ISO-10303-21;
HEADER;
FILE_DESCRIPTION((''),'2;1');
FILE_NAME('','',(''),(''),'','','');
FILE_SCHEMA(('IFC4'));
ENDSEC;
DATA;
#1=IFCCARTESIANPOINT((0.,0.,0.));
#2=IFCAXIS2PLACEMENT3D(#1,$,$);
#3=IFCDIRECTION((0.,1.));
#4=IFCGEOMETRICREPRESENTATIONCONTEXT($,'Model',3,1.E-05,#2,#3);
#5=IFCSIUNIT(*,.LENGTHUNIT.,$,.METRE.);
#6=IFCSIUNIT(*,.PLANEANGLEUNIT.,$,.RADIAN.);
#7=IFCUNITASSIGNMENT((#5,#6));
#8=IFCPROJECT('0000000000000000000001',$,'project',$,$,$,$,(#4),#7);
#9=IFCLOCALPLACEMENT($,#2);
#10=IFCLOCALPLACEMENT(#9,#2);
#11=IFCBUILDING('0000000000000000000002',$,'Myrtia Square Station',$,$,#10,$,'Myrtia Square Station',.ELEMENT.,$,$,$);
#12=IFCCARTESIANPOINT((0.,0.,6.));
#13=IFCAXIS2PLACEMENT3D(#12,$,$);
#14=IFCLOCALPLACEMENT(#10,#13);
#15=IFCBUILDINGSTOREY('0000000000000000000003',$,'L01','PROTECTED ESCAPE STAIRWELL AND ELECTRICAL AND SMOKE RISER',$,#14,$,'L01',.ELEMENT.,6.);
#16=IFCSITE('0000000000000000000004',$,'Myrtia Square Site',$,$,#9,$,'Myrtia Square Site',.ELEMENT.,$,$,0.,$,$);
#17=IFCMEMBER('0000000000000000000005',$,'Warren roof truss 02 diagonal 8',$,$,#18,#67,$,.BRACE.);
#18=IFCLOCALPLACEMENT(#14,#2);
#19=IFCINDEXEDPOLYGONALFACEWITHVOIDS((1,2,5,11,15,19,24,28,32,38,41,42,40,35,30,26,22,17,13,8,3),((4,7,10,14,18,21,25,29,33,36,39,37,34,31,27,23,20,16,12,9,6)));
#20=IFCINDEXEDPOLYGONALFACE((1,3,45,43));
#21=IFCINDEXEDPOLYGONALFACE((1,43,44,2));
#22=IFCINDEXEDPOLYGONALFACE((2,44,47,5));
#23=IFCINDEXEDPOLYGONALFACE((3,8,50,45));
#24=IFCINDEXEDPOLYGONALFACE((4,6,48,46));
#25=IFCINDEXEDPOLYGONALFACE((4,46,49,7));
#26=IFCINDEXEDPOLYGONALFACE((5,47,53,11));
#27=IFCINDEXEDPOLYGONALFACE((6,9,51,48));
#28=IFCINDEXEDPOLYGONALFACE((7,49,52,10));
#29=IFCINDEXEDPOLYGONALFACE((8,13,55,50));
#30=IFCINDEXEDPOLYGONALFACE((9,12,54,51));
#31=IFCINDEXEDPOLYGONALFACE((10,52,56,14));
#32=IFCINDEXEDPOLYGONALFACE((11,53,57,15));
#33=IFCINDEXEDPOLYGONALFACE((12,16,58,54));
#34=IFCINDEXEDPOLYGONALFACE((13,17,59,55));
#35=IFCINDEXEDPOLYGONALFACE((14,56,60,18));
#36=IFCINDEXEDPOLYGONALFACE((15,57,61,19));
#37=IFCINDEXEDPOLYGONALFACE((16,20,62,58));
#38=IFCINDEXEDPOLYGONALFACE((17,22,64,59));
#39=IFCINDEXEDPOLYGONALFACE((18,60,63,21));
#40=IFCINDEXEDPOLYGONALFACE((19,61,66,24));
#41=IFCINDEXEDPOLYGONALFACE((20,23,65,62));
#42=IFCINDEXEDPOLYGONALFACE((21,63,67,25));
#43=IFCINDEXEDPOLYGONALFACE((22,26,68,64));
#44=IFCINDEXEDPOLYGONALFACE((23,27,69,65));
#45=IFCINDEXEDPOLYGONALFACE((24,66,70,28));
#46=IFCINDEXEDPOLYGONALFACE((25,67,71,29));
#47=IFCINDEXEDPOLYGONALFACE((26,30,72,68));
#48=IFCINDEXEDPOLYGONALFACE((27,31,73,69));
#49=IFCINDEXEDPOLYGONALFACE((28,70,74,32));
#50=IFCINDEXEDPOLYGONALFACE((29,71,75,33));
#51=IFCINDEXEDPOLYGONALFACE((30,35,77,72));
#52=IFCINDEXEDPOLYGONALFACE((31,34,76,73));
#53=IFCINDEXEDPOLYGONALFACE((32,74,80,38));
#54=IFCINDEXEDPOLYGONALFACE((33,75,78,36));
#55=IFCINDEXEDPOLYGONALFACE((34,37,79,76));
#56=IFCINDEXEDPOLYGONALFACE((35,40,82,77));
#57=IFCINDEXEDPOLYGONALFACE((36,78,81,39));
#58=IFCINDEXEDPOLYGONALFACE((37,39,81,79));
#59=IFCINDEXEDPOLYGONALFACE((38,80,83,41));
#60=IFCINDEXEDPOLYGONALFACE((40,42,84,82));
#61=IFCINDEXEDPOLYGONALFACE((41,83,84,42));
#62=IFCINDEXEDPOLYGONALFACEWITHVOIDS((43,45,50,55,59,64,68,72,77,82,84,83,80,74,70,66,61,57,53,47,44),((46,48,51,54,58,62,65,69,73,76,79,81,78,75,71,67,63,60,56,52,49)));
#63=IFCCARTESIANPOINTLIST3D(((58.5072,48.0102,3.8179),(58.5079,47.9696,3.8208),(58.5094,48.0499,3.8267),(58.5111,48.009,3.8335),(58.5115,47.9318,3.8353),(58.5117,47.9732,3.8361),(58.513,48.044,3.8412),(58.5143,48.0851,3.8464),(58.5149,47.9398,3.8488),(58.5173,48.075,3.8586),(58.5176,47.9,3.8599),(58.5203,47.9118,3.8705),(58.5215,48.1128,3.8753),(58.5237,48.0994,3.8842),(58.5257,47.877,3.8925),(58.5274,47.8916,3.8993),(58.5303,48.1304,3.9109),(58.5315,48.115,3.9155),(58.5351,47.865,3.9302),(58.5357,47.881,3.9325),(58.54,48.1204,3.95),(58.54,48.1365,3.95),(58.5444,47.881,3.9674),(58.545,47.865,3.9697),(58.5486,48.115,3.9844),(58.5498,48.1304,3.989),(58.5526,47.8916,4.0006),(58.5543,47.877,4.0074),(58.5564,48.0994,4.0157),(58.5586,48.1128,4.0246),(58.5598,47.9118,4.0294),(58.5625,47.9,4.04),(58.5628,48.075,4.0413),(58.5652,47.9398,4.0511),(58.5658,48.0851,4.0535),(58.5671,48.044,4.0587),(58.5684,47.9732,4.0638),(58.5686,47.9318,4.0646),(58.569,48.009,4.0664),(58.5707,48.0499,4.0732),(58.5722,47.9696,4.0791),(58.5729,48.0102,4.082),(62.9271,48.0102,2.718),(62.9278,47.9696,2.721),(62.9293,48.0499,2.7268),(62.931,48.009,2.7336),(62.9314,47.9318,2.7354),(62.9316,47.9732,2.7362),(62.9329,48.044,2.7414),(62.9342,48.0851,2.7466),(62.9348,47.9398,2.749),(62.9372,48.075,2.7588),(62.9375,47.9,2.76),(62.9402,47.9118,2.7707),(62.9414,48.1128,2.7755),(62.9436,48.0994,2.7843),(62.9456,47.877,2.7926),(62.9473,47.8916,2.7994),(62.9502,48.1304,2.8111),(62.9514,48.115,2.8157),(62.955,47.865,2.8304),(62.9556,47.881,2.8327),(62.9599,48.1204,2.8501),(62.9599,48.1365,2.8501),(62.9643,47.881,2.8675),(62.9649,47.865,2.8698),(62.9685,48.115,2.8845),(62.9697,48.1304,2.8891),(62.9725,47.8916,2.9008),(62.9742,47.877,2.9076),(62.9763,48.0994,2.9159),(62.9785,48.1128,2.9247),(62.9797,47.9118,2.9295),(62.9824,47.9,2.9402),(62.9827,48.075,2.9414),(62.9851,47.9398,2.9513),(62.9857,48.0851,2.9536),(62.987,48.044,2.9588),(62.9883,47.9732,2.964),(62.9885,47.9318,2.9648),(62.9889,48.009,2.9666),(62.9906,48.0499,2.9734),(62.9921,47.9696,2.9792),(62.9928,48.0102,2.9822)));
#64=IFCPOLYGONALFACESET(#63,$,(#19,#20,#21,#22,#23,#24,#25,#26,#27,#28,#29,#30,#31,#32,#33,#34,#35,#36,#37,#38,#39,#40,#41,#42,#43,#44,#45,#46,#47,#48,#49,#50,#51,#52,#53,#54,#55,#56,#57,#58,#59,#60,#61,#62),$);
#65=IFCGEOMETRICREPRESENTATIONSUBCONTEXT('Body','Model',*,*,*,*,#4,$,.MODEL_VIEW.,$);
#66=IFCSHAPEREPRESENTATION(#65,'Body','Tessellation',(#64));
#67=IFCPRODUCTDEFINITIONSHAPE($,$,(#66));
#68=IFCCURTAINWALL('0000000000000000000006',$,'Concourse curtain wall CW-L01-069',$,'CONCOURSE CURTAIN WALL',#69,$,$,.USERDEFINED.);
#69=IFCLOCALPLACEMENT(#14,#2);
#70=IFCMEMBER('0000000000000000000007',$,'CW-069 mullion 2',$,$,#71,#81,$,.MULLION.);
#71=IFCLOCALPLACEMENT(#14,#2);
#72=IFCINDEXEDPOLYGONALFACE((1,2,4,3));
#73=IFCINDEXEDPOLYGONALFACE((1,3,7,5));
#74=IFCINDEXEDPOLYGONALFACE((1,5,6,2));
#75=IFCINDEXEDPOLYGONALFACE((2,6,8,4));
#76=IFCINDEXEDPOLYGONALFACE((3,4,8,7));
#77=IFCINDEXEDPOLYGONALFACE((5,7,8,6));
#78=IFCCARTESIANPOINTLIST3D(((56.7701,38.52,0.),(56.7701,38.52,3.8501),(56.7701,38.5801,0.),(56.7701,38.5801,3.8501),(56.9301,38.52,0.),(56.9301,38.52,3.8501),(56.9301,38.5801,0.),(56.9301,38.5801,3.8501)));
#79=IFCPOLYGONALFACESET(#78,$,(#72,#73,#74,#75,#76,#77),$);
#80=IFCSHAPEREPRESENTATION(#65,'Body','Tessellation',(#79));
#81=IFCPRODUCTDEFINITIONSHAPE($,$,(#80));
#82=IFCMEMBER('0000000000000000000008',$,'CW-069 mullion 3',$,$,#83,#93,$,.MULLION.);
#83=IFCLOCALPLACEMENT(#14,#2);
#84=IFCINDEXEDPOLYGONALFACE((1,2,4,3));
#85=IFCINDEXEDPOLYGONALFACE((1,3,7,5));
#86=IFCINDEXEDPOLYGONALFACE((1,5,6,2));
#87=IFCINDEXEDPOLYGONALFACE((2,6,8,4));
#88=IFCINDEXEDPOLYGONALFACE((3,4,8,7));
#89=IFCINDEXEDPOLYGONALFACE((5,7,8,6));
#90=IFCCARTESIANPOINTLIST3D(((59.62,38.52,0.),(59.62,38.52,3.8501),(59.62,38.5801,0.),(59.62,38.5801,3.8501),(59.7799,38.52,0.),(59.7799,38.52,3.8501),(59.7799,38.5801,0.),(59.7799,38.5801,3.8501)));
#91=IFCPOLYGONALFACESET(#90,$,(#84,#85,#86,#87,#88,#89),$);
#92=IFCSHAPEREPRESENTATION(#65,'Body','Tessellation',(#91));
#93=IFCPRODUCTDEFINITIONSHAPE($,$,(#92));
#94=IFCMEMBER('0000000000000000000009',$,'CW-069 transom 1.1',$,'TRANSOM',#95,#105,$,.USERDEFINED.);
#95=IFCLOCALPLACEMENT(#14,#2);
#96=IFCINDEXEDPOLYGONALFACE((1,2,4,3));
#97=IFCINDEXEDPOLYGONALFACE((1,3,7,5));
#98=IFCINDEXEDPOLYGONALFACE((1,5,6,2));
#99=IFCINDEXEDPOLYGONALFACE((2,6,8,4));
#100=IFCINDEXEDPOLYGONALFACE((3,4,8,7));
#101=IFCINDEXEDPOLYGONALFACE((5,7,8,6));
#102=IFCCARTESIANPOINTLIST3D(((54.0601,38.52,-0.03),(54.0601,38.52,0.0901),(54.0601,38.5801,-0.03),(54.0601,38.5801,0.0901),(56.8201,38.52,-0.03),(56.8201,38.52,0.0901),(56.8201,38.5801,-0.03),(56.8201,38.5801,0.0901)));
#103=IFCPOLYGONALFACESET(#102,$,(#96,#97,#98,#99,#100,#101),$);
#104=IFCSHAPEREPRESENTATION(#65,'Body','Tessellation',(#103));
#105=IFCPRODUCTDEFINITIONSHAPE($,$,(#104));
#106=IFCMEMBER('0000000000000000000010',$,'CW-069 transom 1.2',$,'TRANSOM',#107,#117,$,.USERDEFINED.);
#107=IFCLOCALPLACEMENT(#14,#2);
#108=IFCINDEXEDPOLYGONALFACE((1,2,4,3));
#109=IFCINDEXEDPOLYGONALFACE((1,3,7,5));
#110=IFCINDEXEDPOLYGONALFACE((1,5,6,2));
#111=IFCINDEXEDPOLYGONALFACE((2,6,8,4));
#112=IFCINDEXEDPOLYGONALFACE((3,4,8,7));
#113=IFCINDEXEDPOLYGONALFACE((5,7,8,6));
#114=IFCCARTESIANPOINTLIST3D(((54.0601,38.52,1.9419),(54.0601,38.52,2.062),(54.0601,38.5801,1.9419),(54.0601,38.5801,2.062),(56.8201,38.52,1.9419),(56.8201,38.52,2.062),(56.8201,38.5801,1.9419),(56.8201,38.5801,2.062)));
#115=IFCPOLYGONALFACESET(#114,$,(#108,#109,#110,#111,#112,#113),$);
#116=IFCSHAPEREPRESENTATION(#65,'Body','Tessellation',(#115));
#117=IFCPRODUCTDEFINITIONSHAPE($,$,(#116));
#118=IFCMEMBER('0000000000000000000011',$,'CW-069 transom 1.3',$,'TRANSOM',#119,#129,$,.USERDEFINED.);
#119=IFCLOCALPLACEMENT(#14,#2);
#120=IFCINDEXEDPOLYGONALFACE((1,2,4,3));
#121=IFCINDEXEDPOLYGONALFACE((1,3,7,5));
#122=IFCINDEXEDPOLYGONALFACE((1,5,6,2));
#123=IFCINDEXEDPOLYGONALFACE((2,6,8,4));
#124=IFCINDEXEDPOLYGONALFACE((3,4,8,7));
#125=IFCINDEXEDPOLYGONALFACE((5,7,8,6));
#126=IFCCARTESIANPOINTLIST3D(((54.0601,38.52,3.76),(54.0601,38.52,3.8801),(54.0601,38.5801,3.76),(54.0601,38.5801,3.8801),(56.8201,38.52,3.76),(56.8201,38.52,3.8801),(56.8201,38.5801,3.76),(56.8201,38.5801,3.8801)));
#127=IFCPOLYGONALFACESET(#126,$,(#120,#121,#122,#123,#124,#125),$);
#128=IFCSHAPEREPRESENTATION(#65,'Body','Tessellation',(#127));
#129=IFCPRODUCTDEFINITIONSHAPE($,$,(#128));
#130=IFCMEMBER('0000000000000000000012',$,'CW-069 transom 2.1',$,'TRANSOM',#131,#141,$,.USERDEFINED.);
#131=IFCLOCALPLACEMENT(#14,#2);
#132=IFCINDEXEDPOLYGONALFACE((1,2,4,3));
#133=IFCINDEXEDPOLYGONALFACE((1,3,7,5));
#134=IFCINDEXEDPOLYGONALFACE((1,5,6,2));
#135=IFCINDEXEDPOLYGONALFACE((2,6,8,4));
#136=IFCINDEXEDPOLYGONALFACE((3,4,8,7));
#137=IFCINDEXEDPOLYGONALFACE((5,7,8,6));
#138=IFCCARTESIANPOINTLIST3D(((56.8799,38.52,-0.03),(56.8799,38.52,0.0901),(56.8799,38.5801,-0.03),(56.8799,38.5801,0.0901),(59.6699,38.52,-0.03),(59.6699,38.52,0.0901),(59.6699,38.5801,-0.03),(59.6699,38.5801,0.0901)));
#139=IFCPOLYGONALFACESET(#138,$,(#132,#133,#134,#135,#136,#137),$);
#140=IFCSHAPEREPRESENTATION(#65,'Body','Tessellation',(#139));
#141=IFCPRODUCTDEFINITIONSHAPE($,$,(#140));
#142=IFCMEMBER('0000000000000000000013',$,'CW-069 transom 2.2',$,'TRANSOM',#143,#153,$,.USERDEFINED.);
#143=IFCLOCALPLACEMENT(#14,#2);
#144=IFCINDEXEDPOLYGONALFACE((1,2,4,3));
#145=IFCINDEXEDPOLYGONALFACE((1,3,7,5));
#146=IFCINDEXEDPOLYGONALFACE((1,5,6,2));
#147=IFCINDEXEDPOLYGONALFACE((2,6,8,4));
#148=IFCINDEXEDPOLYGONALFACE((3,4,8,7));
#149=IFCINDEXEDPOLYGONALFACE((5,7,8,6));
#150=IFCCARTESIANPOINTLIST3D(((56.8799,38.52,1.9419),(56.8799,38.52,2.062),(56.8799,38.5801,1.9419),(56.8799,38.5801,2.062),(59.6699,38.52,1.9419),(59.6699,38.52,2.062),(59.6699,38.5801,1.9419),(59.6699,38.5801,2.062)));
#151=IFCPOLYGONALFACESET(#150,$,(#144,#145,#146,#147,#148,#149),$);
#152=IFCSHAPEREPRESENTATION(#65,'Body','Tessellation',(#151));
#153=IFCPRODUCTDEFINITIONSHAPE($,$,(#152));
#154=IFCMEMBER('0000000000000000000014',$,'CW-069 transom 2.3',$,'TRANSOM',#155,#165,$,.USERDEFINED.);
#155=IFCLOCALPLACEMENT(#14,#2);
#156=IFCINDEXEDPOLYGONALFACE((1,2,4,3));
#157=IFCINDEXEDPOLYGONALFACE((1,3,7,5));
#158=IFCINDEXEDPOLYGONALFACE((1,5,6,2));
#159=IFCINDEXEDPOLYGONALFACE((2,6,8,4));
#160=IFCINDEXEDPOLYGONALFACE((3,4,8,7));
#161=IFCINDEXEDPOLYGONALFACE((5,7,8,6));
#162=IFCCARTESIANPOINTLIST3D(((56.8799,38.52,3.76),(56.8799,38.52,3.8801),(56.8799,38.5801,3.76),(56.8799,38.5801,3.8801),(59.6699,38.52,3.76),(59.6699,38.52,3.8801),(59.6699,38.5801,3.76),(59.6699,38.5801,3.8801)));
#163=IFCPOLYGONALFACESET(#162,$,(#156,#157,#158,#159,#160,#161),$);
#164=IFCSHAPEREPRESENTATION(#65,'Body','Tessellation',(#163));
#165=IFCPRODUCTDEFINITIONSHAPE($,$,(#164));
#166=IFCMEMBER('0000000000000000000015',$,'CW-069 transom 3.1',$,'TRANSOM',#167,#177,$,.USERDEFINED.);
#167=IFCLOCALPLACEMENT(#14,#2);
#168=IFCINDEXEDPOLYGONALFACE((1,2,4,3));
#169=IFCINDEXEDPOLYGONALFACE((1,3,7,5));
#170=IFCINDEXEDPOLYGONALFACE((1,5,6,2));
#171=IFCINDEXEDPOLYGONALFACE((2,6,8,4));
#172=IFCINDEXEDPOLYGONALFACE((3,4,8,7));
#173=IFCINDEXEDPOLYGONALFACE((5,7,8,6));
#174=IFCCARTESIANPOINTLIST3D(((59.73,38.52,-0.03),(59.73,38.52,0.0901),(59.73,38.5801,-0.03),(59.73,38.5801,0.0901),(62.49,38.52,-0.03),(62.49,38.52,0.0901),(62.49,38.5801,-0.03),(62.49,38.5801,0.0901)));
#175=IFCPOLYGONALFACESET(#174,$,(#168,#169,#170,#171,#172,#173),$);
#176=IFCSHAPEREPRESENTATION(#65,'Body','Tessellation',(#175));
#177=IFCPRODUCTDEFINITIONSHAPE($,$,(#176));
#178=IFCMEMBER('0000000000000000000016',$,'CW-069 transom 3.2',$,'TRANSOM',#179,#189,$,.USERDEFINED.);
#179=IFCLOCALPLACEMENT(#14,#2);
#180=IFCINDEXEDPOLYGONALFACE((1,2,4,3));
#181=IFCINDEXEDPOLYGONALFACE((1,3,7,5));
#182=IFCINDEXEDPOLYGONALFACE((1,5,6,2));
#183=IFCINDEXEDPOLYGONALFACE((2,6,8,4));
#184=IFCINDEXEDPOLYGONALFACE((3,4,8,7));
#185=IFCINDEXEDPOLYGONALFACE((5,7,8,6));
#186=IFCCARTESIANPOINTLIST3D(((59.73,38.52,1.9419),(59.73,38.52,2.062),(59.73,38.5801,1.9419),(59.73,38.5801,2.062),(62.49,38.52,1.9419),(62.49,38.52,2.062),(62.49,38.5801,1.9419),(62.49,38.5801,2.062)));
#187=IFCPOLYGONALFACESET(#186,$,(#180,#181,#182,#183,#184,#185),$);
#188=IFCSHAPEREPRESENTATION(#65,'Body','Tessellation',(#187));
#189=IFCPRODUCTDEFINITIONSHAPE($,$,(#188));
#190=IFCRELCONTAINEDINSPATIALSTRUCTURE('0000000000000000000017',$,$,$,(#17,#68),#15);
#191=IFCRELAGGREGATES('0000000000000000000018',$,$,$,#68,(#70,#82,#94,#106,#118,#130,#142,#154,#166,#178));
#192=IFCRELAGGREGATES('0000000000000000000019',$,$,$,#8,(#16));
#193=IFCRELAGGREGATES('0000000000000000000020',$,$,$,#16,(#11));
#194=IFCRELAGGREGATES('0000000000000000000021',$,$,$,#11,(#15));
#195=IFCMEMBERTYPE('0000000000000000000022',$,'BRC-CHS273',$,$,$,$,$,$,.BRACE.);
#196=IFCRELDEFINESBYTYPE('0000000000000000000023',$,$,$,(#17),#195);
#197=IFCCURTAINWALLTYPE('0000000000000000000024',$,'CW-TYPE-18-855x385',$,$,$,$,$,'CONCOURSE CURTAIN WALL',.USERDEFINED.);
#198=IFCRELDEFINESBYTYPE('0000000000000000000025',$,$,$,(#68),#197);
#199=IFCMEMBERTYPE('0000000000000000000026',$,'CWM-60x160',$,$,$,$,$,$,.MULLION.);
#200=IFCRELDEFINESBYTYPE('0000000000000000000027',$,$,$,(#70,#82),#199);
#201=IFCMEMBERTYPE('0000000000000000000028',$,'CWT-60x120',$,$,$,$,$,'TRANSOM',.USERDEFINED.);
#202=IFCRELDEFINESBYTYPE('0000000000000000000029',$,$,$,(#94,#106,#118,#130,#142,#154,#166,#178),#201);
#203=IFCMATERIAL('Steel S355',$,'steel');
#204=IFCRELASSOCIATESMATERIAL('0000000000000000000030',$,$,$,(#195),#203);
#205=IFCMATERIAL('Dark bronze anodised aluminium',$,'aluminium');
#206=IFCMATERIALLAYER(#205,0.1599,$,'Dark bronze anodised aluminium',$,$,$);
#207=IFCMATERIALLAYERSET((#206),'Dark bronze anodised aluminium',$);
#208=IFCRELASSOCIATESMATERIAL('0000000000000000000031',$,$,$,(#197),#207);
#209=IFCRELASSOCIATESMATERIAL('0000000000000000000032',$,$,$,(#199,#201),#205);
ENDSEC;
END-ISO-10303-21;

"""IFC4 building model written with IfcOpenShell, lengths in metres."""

from ifc_helpers import new_model, si_unit, direction, frame, origin, origin_2d, place, context, subcontext, project, spatial, rectangle, hollow_circle, extrude, material, layer, layer_set, material_profile, profile_set, type_object, element, aggregate, save


model = new_model("IFC4")

# Units and contexts
model_context = context("Model", 3, precision=1e-05, world=origin(), true_north=direction((0.0, 1.0)))
body_context = subcontext(model_context, "Body", "Model", "MODEL_VIEW")
ifc_project = project(units=[si_unit("LENGTHUNIT", "METRE"), si_unit("PLANEANGLEUNIT", "RADIAN")], contexts=[model_context])

# Site, building, storey
site_placement = place(None, origin())
site = spatial("IfcSite", under=ifc_project, at=site_placement, Name="Myrtia Square Site", LongName="Myrtia Square Site", CompositionType="ELEMENT", RefElevation=0.0)
building_placement = place(site_placement, origin())
building = spatial("IfcBuilding", under=site, at=building_placement, Name="Myrtia Square Station", LongName="Myrtia Square Station", CompositionType="ELEMENT")
storey_placement = place(building_placement, frame((0.0, 0.0, 6.0)))
storey = spatial("IfcBuildingStorey", under=building, at=storey_placement, Name="L01", Description="PROTECTED ESCAPE STAIRWELL AND ELECTRICAL AND SMOKE RISER", LongName="L01", CompositionType="ELEMENT", Elevation=6.0)

# Member
ifc_material_1 = material(Name="Steel S355", Category="steel")
ifc_material_profile_1 = material_profile(ifc_material_1, hollow_circle(Radius=0.1365, WallThickness=0.0161, at=origin_2d()), Name="CHS 273x16")
ifc_profile_set_1 = profile_set([ifc_material_profile_1], Name="Steel S355")
member_type_1 = type_object("IfcMemberType", Name="BRC-CHS273", PredefinedType="BRACE", material=ifc_profile_set_1)
member_1_placement = place(storey_placement, frame((58.54, 48.0, 3.95), z_axis=(0.970407, 0.0, -0.241476), x_axis=(0.0, 1.0, 0.0)))
element("IfcMember", 1, at=member_1_placement, inside=storey, type_object=member_type_1, Name="Warren roof truss 02 diagonal 8", PredefinedType="BRACE", context=body_context, shape_type="SweptSolid", body=[
    extrude(hollow_circle(Radius=0.1365, WallThickness=0.0161, at=origin_2d()), origin(), (0.0, 0.0, 1.0), 4.5547),
])

# Curtain wall, members
ifc_material_2 = material(Name="Dark bronze anodised aluminium", Category="aluminium")
ifc_layer_1 = layer(ifc_material_2, 0.1599, Name="Dark bronze anodised aluminium")
ifc_layer_set_1 = layer_set([ifc_layer_1], Name="Dark bronze anodised aluminium")
curtain_wall_type = type_object("IfcCurtainWallType", Name="CW-TYPE-18-855x385", ElementType="CONCOURSE CURTAIN WALL", PredefinedType="USERDEFINED", material=ifc_layer_set_1)
curtain_wall_placement = place(storey_placement, origin())
curtain_wall = element("IfcCurtainWall", 2, at=curtain_wall_placement, inside=storey, type_object=curtain_wall_type, Name="Concourse curtain wall CW-L01-069", ObjectType="CONCOURSE CURTAIN WALL", PredefinedType="USERDEFINED")
ifc_material_profile_2 = material_profile(ifc_material_2, rectangle(XDim=0.0601, YDim=0.1599, at=origin_2d()), Name="ALU-M 60x160")
ifc_profile_set_2 = profile_set([ifc_material_profile_2], Name="Dark bronze anodised aluminium")
member_type_2 = type_object("IfcMemberType", Name="CWM-60x160", PredefinedType="MULLION", material=ifc_profile_set_2)
member_2_placement = place(storey_placement, frame((56.8501, 38.55, 0.0), z_axis=(0.0, 0.0, 1.0), x_axis=(0.0, 1.0, 0.0)))
member_2 = element("IfcMember", 3, at=member_2_placement, type_object=member_type_2, Name="CW-069 mullion 2", PredefinedType="MULLION", context=body_context, shape_type="SweptSolid", body=[
    extrude(rectangle(XDim=0.0601, YDim=0.1599, at=origin_2d()), origin(), (0.0, 0.0, 1.0), 3.8501),
])
member_3_placement = place(storey_placement, frame((59.7, 38.55, 0.0), z_axis=(0.0, 0.0, 1.0), x_axis=(0.0, 1.0, 0.0)))
member_3 = element("IfcMember", 4, at=member_3_placement, type_object=member_type_2, Name="CW-069 mullion 3", PredefinedType="MULLION", context=body_context, shape_type="SweptSolid", body=[
    extrude(rectangle(XDim=0.0601, YDim=0.1599, at=origin_2d()), origin(), (0.0, 0.0, 1.0), 3.8501),
])
ifc_material_profile_3 = material_profile(ifc_material_2, rectangle(XDim=0.0601, YDim=0.1201, at=origin_2d()), Name="ALU-T 60x120")
ifc_profile_set_3 = profile_set([ifc_material_profile_3], Name="Dark bronze anodised aluminium")
member_type_3 = type_object("IfcMemberType", Name="CWT-60x120", ElementType="TRANSOM", PredefinedType="USERDEFINED", material=ifc_profile_set_3)
member_4_placement = place(storey_placement, frame((54.0601, 38.55, 0.03), z_axis=(1.0, 0.0, 0.0), x_axis=(0.0, 1.0, 0.0)))
member_4 = element("IfcMember", 5, at=member_4_placement, type_object=member_type_3, Name="CW-069 transom 1.1", ObjectType="TRANSOM", PredefinedType="USERDEFINED", context=body_context, shape_type="SweptSolid", body=[
    extrude(rectangle(XDim=0.0601, YDim=0.1201, at=origin_2d()), origin(), (0.0, 0.0, 1.0), 2.76),
])
member_5_placement = place(storey_placement, frame((54.0601, 38.55, 2.002), z_axis=(1.0, 0.0, 0.0), x_axis=(0.0, 1.0, 0.0)))
member_5 = element("IfcMember", 6, at=member_5_placement, type_object=member_type_3, Name="CW-069 transom 1.2", ObjectType="TRANSOM", PredefinedType="USERDEFINED", context=body_context, shape_type="SweptSolid", body=[
    extrude(rectangle(XDim=0.0601, YDim=0.1201, at=origin_2d()), origin(), (0.0, 0.0, 1.0), 2.76),
])
member_6_placement = place(storey_placement, frame((54.0601, 38.55, 3.8201), z_axis=(1.0, 0.0, 0.0), x_axis=(0.0, 1.0, 0.0)))
member_6 = element("IfcMember", 7, at=member_6_placement, type_object=member_type_3, Name="CW-069 transom 1.3", ObjectType="TRANSOM", PredefinedType="USERDEFINED", context=body_context, shape_type="SweptSolid", body=[
    extrude(rectangle(XDim=0.0601, YDim=0.1201, at=origin_2d()), origin(), (0.0, 0.0, 1.0), 2.76),
])
member_7_placement = place(storey_placement, frame((56.8799, 38.55, 0.03), z_axis=(1.0, 0.0, 0.0), x_axis=(0.0, 1.0, 0.0)))
member_7 = element("IfcMember", 8, at=member_7_placement, type_object=member_type_3, Name="CW-069 transom 2.1", ObjectType="TRANSOM", PredefinedType="USERDEFINED", context=body_context, shape_type="SweptSolid", body=[
    extrude(rectangle(XDim=0.0601, YDim=0.1201, at=origin_2d()), origin(), (0.0, 0.0, 1.0), 2.79),
])
member_8_placement = place(storey_placement, frame((56.8799, 38.55, 2.002), z_axis=(1.0, 0.0, 0.0), x_axis=(0.0, 1.0, 0.0)))
member_8 = element("IfcMember", 9, at=member_8_placement, type_object=member_type_3, Name="CW-069 transom 2.2", ObjectType="TRANSOM", PredefinedType="USERDEFINED", context=body_context, shape_type="SweptSolid", body=[
    extrude(rectangle(XDim=0.0601, YDim=0.1201, at=origin_2d()), origin(), (0.0, 0.0, 1.0), 2.79),
])
member_9_placement = place(storey_placement, frame((56.8799, 38.55, 3.8201), z_axis=(1.0, 0.0, 0.0), x_axis=(0.0, 1.0, 0.0)))
member_9 = element("IfcMember", 10, at=member_9_placement, type_object=member_type_3, Name="CW-069 transom 2.3", ObjectType="TRANSOM", PredefinedType="USERDEFINED", context=body_context, shape_type="SweptSolid", body=[
    extrude(rectangle(XDim=0.0601, YDim=0.1201, at=origin_2d()), origin(), (0.0, 0.0, 1.0), 2.79),
])
member_10_placement = place(storey_placement, frame((59.73, 38.55, 0.03), z_axis=(1.0, 0.0, 0.0), x_axis=(0.0, 1.0, 0.0)))
member_10 = element("IfcMember", 11, at=member_10_placement, type_object=member_type_3, Name="CW-069 transom 3.1", ObjectType="TRANSOM", PredefinedType="USERDEFINED", context=body_context, shape_type="SweptSolid", body=[
    extrude(rectangle(XDim=0.0601, YDim=0.1201, at=origin_2d()), origin(), (0.0, 0.0, 1.0), 2.76),
])
member_11_placement = place(storey_placement, frame((59.73, 38.55, 2.002), z_axis=(1.0, 0.0, 0.0), x_axis=(0.0, 1.0, 0.0)))
member_11 = element("IfcMember", 12, at=member_11_placement, type_object=member_type_3, Name="CW-069 transom 3.2", ObjectType="TRANSOM", PredefinedType="USERDEFINED", context=body_context, shape_type="SweptSolid", body=[
    extrude(rectangle(XDim=0.0601, YDim=0.1201, at=origin_2d()), origin(), (0.0, 0.0, 1.0), 2.76),
])
aggregate(curtain_wall, [member_2, member_3, member_4, member_5, member_6, member_7, member_8, member_9, member_10, member_11])

save(model, "model.ifc")
